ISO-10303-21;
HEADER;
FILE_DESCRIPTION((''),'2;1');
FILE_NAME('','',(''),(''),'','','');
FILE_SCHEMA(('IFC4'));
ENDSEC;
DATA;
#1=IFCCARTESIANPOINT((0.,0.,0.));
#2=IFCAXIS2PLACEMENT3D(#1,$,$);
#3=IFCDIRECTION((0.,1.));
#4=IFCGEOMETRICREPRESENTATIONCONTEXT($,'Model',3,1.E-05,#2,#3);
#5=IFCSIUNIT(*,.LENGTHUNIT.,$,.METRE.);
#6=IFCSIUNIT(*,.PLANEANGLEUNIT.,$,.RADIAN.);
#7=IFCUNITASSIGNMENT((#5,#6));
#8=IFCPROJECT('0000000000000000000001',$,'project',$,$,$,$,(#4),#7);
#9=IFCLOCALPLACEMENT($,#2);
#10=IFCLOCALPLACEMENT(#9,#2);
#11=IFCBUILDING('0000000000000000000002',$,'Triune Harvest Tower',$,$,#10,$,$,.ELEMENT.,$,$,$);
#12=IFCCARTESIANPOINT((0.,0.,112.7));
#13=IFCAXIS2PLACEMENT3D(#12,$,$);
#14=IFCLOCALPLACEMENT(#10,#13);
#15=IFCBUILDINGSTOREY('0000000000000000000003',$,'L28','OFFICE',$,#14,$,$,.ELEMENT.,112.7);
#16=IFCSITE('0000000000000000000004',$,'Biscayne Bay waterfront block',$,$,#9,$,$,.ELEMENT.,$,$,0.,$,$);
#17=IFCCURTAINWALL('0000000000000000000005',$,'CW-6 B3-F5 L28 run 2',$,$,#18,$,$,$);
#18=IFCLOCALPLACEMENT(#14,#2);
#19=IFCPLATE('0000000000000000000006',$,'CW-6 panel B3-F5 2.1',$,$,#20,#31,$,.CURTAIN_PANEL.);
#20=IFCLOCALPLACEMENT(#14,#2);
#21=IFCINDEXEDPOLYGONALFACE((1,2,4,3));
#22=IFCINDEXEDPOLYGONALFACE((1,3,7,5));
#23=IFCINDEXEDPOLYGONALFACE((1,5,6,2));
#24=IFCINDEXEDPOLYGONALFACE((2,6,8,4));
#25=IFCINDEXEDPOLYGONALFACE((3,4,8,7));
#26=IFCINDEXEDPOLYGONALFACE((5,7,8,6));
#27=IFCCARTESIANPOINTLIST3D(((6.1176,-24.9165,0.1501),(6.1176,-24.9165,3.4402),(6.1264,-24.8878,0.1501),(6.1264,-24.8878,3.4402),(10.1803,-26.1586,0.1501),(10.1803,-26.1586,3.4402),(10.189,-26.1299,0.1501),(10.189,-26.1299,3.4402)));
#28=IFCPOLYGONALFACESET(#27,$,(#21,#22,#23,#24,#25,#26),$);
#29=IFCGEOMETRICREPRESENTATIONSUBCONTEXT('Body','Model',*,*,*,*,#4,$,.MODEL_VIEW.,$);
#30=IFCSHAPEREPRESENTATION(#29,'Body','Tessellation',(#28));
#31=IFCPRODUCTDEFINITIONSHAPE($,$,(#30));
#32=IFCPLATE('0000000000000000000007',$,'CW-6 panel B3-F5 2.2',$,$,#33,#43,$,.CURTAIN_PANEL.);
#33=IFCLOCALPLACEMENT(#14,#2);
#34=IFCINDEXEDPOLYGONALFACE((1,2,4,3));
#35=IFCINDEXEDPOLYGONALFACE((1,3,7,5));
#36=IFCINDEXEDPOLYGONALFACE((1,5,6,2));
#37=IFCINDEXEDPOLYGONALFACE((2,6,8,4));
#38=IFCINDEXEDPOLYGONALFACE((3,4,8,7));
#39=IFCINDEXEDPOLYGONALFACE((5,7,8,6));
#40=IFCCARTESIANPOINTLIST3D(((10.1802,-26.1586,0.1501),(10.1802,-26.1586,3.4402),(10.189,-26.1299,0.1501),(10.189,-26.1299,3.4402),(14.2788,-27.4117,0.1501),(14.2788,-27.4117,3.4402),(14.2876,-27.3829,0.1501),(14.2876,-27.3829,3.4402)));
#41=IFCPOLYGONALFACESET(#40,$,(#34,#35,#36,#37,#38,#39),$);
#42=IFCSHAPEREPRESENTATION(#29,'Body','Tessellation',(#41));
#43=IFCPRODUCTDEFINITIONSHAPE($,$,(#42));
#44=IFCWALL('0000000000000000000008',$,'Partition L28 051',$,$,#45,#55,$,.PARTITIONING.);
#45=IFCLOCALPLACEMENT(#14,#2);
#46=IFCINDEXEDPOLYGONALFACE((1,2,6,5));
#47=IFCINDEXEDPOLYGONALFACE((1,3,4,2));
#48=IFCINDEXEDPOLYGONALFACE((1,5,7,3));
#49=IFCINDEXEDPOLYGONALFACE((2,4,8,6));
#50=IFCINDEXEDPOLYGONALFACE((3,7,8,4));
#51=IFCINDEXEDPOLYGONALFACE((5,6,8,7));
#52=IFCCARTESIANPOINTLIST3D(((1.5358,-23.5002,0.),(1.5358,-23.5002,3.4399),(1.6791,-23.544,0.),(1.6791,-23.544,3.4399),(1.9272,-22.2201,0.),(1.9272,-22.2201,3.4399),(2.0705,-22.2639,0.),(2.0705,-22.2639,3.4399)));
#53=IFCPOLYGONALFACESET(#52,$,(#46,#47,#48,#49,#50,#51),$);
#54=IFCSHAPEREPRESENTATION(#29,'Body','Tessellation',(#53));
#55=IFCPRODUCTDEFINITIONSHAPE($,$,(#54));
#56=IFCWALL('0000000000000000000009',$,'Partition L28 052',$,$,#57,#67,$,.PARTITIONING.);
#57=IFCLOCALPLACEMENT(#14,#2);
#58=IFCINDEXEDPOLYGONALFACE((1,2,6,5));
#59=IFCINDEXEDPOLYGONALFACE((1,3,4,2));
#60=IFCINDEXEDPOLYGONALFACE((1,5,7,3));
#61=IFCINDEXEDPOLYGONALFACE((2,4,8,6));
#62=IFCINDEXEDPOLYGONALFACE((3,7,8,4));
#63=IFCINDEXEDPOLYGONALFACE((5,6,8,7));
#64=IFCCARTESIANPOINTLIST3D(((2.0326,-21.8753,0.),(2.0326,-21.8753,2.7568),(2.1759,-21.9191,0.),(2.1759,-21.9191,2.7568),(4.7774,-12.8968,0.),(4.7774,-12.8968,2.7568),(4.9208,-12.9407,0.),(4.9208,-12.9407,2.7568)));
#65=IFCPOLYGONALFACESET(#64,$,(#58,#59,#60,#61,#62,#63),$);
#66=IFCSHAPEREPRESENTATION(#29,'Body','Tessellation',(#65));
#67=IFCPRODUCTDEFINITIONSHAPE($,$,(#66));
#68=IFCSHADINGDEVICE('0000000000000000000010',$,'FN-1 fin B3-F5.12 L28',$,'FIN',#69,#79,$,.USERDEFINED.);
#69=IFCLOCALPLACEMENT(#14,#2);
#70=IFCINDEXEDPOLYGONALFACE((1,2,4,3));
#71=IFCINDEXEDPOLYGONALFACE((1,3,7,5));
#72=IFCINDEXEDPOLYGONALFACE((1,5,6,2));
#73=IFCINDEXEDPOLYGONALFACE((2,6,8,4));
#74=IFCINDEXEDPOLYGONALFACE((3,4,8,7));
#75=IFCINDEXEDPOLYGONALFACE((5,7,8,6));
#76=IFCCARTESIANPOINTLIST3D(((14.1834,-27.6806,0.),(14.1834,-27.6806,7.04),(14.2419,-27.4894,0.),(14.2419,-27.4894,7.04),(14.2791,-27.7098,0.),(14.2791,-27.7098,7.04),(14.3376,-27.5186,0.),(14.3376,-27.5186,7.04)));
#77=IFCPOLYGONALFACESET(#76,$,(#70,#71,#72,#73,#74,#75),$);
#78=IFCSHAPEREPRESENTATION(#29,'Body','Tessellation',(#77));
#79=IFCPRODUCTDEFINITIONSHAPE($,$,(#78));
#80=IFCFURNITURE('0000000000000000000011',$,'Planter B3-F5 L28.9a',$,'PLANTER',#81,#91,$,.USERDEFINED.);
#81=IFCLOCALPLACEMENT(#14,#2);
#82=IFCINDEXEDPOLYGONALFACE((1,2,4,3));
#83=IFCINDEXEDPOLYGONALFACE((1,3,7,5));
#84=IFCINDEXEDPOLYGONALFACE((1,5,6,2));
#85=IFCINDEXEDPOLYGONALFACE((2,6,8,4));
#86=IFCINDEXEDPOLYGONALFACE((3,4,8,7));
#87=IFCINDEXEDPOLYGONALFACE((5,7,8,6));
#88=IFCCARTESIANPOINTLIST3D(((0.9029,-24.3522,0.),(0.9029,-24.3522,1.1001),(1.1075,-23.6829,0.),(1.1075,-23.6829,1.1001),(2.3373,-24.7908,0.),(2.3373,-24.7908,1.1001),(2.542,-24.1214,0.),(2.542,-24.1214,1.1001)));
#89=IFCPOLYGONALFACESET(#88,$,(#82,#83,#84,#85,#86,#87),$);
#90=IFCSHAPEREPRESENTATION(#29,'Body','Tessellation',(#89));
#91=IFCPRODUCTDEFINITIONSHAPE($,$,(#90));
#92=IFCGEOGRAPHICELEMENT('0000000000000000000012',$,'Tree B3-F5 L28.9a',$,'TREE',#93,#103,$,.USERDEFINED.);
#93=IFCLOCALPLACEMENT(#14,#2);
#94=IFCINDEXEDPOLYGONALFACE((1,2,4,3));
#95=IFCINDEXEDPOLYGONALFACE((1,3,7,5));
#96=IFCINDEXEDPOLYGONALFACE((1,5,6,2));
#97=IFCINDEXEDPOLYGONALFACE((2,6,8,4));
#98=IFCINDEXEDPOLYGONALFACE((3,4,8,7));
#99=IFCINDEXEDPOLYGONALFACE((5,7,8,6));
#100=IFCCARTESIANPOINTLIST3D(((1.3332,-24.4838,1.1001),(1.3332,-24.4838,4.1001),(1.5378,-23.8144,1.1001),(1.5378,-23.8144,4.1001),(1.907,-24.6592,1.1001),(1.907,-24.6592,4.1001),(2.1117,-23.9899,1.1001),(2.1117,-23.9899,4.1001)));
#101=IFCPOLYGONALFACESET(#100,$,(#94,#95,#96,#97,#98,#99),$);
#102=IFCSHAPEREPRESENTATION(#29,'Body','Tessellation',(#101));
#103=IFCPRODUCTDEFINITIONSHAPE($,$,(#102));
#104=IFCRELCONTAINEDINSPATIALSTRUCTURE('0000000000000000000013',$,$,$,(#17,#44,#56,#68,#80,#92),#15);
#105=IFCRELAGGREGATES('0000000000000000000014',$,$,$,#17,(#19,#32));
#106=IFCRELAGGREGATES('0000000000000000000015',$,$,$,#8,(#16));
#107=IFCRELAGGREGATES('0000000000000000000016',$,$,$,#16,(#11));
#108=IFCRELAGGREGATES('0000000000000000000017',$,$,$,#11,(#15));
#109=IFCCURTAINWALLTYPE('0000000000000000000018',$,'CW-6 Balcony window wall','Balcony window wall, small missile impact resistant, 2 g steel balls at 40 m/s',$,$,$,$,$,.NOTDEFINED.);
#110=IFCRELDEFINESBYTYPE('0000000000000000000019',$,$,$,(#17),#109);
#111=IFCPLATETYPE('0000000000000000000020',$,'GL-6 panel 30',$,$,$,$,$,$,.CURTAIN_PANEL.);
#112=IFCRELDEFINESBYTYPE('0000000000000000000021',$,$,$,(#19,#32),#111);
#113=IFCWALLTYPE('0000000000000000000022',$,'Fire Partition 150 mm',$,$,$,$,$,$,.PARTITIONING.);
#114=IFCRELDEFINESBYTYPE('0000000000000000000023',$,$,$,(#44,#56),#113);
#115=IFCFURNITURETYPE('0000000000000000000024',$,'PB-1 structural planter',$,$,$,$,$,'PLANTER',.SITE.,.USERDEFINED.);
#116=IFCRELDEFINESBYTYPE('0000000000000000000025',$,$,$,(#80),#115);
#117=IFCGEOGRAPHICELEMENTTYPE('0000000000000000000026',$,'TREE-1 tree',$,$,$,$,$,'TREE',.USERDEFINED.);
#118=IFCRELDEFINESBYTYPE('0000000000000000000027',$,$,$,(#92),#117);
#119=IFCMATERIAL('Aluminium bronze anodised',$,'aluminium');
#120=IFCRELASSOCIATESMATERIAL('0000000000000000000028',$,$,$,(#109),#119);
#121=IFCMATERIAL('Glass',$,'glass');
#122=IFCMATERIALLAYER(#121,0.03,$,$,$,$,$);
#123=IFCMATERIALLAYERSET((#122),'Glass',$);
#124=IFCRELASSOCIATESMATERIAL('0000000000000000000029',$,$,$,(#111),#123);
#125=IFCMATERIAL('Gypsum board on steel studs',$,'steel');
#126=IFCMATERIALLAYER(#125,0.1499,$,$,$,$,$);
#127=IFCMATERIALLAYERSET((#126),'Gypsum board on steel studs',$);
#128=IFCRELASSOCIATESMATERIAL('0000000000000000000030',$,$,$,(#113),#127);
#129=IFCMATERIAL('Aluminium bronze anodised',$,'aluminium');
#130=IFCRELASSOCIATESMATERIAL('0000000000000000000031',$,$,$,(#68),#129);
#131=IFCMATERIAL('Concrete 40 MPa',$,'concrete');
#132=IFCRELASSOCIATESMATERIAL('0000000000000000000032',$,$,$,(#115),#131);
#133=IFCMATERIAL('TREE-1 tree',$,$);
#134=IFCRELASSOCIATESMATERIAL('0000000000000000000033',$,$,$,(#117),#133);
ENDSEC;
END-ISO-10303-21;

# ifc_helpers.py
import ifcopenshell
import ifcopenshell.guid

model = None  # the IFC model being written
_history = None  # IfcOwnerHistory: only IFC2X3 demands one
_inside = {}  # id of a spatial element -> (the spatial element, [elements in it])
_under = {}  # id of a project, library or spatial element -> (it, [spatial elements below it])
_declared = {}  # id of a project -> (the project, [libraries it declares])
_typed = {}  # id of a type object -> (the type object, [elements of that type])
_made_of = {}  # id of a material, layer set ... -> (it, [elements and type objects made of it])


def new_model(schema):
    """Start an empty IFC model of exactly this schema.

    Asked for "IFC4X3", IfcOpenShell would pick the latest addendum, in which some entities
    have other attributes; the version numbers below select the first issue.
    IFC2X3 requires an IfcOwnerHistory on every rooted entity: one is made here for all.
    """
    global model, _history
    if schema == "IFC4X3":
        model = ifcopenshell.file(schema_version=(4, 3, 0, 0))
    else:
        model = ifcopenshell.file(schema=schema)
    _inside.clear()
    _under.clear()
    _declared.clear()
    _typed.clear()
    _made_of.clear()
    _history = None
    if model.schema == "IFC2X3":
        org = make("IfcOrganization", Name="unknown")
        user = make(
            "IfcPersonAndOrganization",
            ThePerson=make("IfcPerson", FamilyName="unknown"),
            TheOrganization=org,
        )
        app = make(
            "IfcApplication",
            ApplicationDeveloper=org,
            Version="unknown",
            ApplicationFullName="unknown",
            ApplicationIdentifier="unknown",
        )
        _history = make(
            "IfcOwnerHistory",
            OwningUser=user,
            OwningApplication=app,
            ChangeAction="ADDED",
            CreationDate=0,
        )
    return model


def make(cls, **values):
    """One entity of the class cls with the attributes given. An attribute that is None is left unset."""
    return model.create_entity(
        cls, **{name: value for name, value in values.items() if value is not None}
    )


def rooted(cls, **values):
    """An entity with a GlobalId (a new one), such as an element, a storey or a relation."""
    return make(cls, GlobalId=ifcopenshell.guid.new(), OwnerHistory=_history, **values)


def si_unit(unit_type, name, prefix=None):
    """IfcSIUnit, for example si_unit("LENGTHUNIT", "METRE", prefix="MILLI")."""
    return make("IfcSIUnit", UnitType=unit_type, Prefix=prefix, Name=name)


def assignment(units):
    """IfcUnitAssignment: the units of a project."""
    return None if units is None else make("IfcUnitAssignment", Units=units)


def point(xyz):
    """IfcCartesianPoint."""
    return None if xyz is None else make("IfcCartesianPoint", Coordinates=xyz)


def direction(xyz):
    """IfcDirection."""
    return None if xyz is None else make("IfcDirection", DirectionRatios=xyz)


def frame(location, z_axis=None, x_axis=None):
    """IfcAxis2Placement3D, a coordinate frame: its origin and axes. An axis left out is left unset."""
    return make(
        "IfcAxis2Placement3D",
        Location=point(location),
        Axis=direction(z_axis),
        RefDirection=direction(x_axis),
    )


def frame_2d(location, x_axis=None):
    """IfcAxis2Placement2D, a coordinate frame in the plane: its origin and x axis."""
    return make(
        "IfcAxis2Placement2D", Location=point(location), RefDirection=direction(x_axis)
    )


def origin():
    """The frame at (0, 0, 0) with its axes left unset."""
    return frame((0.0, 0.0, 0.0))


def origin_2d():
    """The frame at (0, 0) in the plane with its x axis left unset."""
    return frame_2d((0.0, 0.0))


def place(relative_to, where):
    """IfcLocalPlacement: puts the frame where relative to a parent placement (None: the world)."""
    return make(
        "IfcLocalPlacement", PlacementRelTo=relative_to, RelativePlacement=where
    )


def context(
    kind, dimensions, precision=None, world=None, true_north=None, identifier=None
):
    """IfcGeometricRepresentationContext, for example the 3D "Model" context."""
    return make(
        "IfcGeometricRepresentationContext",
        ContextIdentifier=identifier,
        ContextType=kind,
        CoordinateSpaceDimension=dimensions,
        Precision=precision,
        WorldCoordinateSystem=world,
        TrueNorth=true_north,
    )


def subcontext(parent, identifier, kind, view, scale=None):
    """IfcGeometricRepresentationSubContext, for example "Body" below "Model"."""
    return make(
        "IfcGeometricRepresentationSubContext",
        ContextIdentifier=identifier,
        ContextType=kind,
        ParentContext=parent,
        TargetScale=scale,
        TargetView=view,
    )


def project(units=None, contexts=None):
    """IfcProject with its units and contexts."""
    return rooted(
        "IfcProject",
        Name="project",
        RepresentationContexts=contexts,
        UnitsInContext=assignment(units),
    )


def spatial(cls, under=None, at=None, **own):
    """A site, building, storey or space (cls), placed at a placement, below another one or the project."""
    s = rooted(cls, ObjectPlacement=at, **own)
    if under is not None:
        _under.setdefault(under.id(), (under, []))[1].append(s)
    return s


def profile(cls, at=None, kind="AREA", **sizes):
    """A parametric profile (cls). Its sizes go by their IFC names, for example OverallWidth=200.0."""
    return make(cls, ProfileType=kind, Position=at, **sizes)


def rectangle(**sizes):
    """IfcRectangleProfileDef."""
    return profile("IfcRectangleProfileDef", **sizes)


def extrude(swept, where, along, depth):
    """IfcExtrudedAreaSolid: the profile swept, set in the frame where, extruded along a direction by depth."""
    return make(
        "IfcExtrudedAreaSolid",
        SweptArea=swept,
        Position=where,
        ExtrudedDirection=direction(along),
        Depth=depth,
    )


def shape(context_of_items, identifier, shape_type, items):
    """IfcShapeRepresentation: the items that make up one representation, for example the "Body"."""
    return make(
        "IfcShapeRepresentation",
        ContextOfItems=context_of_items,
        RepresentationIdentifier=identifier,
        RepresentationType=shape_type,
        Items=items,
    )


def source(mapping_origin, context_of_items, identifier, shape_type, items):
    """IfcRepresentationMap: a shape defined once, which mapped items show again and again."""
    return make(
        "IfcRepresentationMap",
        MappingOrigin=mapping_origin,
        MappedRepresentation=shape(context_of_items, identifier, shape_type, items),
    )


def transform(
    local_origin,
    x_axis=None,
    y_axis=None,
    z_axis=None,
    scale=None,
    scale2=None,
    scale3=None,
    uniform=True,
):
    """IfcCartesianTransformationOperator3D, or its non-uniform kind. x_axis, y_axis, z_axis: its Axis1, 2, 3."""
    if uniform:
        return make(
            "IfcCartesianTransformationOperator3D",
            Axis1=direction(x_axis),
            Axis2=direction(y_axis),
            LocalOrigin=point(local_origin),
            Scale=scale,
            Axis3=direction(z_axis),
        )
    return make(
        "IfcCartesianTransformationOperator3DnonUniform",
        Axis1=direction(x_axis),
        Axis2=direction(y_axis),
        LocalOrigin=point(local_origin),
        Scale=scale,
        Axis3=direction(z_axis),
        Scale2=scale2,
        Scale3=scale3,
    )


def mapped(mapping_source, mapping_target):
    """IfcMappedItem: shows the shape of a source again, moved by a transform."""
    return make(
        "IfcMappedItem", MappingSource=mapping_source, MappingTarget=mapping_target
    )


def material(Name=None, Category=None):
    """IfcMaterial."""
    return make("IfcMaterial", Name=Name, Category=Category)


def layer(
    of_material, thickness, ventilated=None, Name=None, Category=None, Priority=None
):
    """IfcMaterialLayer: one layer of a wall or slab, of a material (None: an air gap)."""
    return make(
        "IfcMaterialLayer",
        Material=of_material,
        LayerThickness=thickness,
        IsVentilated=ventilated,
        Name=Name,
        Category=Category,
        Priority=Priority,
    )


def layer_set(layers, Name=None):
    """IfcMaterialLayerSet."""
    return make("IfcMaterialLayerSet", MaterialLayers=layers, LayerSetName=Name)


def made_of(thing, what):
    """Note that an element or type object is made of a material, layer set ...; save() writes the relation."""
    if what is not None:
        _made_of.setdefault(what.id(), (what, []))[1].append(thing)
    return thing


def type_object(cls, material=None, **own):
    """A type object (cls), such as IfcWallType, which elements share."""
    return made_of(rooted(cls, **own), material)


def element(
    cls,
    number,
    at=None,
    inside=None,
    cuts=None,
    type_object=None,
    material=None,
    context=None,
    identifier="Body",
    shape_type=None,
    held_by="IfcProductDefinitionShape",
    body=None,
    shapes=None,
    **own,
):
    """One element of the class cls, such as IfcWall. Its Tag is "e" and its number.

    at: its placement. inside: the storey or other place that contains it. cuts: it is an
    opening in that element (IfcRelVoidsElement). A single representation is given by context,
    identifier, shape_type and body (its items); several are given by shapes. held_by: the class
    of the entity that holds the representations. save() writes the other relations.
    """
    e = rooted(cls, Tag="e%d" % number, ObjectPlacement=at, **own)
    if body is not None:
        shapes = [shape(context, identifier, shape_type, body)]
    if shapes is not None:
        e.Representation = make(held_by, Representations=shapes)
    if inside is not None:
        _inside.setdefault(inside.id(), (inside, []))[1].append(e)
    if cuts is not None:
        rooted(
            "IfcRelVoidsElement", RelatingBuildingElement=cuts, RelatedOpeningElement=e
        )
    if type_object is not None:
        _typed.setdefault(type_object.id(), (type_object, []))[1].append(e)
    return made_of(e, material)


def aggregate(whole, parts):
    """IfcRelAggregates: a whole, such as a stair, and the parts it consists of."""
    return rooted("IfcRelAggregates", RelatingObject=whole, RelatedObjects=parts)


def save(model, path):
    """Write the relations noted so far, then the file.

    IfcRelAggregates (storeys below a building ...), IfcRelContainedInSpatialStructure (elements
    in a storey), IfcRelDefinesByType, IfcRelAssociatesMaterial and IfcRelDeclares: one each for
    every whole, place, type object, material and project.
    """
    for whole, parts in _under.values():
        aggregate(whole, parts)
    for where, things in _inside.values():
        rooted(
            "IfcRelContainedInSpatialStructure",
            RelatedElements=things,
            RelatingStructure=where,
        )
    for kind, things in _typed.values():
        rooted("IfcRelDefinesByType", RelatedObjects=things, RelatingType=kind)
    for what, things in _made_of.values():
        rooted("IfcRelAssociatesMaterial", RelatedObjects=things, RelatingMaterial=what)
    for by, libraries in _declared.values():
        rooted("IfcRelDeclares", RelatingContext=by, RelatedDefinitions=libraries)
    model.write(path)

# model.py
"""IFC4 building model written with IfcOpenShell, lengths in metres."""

from ifc_helpers import new_model, si_unit, direction, frame, frame_2d, origin, origin_2d, place, context, subcontext, project, spatial, rectangle, extrude, source, transform, mapped, material, layer, layer_set, type_object, element, aggregate, save


model = new_model("IFC4")

# Units and contexts
model_context = context("Model", 3, precision=1e-05, world=origin(), true_north=direction((0.0, 1.0)))
body_context = subcontext(model_context, "Body", "Model", "MODEL_VIEW")
ifc_project = project(units=[si_unit("LENGTHUNIT", "METRE"), si_unit("PLANEANGLEUNIT", "RADIAN")], contexts=[model_context])

# Site, building, storey
site_placement = place(None, origin())
site = spatial("IfcSite", under=ifc_project, at=site_placement, Name="Biscayne Bay waterfront block", CompositionType="ELEMENT", RefElevation=0.0)
building_placement = place(site_placement, origin())
building = spatial("IfcBuilding", under=site, at=building_placement, Name="Triune Harvest Tower", CompositionType="ELEMENT")
storey_placement = place(building_placement, frame((0.0, 0.0, 112.7)))
storey = spatial("IfcBuildingStorey", under=building, at=storey_placement, Name="L28", Description="OFFICE", CompositionType="ELEMENT", Elevation=112.7)

# Curtain wall
ifc_material_1 = material(Name="Aluminium bronze anodised", Category="aluminium")
curtain_wall_type_1 = type_object("IfcCurtainWallType", Name="CW-6 Balcony window wall", Description="Balcony window wall, small missile impact resistant, 2 g steel balls at 40 m/s", PredefinedType="NOTDEFINED", material=ifc_material_1)
curtain_wall_1_placement = place(storey_placement, origin())
curtain_wall_1 = element("IfcCurtainWall", 1, at=curtain_wall_1_placement, inside=storey, type_object=curtain_wall_type_1, Name="CW-6 B3-F5 L28 run 2")

# Plates
ifc_material_2 = material(Name="Glass", Category="glass")
ifc_layer_1 = layer(ifc_material_2, 0.03)
ifc_layer_set_1 = layer_set([ifc_layer_1], Name="Glass")
plate_type = type_object("IfcPlateType", Name="GL-6 panel 30", PredefinedType="CURTAIN_PANEL", material=ifc_layer_set_1)
shared_shape_1 = source(origin(), body_context, "Body", "SweptSolid", [
    extrude(rectangle(XDim=4.2483, YDim=0.03, at=origin_2d()), origin(), (0.0, 0.0, 1.0), 3.29),
])
plate_1_placement = place(storey_placement, frame((8.1533, -25.5232, 0.1501), z_axis=(0.0, 0.0, 1.0), x_axis=(0.956304, -0.292373, 0.0)))
plate_1 = element("IfcPlate", 2, at=plate_1_placement, type_object=plate_type, Name="CW-6 panel B3-F5 2.1", PredefinedType="CURTAIN_PANEL", context=body_context, shape_type="MappedRepresentation", body=[
    mapped(shared_shape_1, transform((0.0, 0.0, 0.0), scale=1.0)),
])
shared_shape_2 = source(origin(), body_context, "Body", "SweptSolid", [
    extrude(rectangle(XDim=4.2859, YDim=0.03, at=origin_2d()), origin(), (0.0, 0.0, 1.0), 3.29),
])
plate_2_placement = place(storey_placement, frame((12.2339, -26.7708, 0.1501), z_axis=(0.0, 0.0, 1.0), x_axis=(0.956304, -0.292373, 0.0)))
plate_2 = element("IfcPlate", 3, at=plate_2_placement, type_object=plate_type, Name="CW-6 panel B3-F5 2.2", PredefinedType="CURTAIN_PANEL", context=body_context, shape_type="MappedRepresentation", body=[
    mapped(shared_shape_2, transform((0.0, 0.0, 0.0), scale=1.0)),
])
aggregate(curtain_wall_1, [plate_1, plate_2])

# Shared definitions
ifc_material_3 = material(Name="Aluminium bronze anodised", Category="aluminium")

# Walls
ifc_material_4 = material(Name="Gypsum board on steel studs", Category="steel")
ifc_layer_2 = layer(ifc_material_4, 0.1499)
ifc_layer_set_2 = layer_set([ifc_layer_2], Name="Gypsum board on steel studs")
wall_type_1 = type_object("IfcWallType", Name="Fire Partition 150 mm", PredefinedType="PARTITIONING", material=ifc_layer_set_2)
shared_shape_3 = source(origin(), body_context, "Body", "SweptSolid", [
    extrude(rectangle(XDim=1.3386, YDim=0.1499, at=frame_2d((0.6694, 0.0))), origin(), (0.0, 0.0, 1.0), 3.4399),
])
wall_1_placement = place(storey_placement, frame((1.6074, -23.5222, 0.0), z_axis=(0.0, 0.0, 1.0), x_axis=(0.292381, 0.956302, 0.0)))
element("IfcWall", 4, at=wall_1_placement, inside=storey, type_object=wall_type_1, Name="Partition L28 051", PredefinedType="PARTITIONING", context=body_context, shape_type="MappedRepresentation", body=[
    mapped(shared_shape_3, transform((0.0, 0.0, 0.0), scale=1.0)),
])
shared_shape_4 = source(origin(), body_context, "Body", "SweptSolid", [
    extrude(rectangle(XDim=9.3887, YDim=0.1499, at=frame_2d((4.6943, 0.0))), origin(), (0.0, 0.0, 1.0), 2.7568),
])
wall_2_placement = place(storey_placement, frame((2.1042, -21.8972, 0.0), z_axis=(0.0, 0.0, 1.0), x_axis=(0.292359, 0.956309, 0.0)))
element("IfcWall", 5, at=wall_2_placement, inside=storey, type_object=wall_type_1, Name="Partition L28 052", PredefinedType="PARTITIONING", context=body_context, shape_type="MappedRepresentation", body=[
    mapped(shared_shape_4, transform((0.0, 0.0, 0.0), scale=1.0)),
])

# Shading device
shared_shape_5 = source(origin(), body_context, "Body", "SweptSolid", [
    extrude(rectangle(XDim=0.1001, YDim=0.2, at=origin_2d()), origin(), (0.0, 0.0, 1.0), 7.04),
])
shading_device_placement = place(storey_placement, frame((14.2605, -27.5996, 0.0), z_axis=(0.0, 0.0, 1.0), x_axis=(0.956304, -0.292373, 0.0)))
element("IfcShadingDevice", 6, at=shading_device_placement, inside=storey, material=ifc_material_3, Name="FN-1 fin B3-F5.12 L28", ObjectType="FIN", PredefinedType="USERDEFINED", context=body_context, shape_type="MappedRepresentation", body=[
    mapped(shared_shape_5, transform((0.0, 0.0, 0.0), scale=1.0)),
])

# Furniture
ifc_material_5 = material(Name="Concrete 40 MPa", Category="concrete")
furniture_type = type_object("IfcFurnitureType", Name="PB-1 structural planter", ElementType="PLANTER", AssemblyPlace="SITE", PredefinedType="USERDEFINED", material=ifc_material_5)
shared_shape_6 = source(origin(), body_context, "Body", "SweptSolid", [
    extrude(rectangle(XDim=1.5, YDim=0.7, at=origin_2d()), origin(), (0.0, 0.0, 1.0), 1.1001),
])
furniture_placement = place(storey_placement, frame((1.7224, -24.2368, 0.0), z_axis=(0.0, 0.0, 1.0), x_axis=(0.956304, -0.292373, 0.0)))
element("IfcFurniture", 7, at=furniture_placement, inside=storey, type_object=furniture_type, Name="Planter B3-F5 L28.9a", ObjectType="PLANTER", PredefinedType="USERDEFINED", context=body_context, shape_type="MappedRepresentation", body=[
    mapped(shared_shape_6, transform((0.0, 0.0, 0.0), scale=1.0)),
])

# Geographic element
ifc_material_6 = material(Name="TREE-1 tree")
geographic_element_type = type_object("IfcGeographicElementType", Name="TREE-1 tree", ElementType="TREE", PredefinedType="USERDEFINED", material=ifc_material_6)
shared_shape_7 = source(origin(), body_context, "Body", "SweptSolid", [
    extrude(rectangle(XDim=0.6001, YDim=0.7, at=origin_2d()), origin(), (0.0, 0.0, 1.0), 3.0),
])
geographic_element_placement = place(storey_placement, frame((1.7224, -24.2368, 1.1001), z_axis=(0.0, 0.0, 1.0), x_axis=(0.956304, -0.292373, 0.0)))
element("IfcGeographicElement", 8, at=geographic_element_placement, inside=storey, type_object=geographic_element_type, Name="Tree B3-F5 L28.9a", ObjectType="TREE", PredefinedType="USERDEFINED", context=body_context, shape_type="MappedRepresentation", body=[
    mapped(shared_shape_7, transform((0.0, 0.0, 0.0), scale=1.0)),
])

save(model, "model.ifc")
